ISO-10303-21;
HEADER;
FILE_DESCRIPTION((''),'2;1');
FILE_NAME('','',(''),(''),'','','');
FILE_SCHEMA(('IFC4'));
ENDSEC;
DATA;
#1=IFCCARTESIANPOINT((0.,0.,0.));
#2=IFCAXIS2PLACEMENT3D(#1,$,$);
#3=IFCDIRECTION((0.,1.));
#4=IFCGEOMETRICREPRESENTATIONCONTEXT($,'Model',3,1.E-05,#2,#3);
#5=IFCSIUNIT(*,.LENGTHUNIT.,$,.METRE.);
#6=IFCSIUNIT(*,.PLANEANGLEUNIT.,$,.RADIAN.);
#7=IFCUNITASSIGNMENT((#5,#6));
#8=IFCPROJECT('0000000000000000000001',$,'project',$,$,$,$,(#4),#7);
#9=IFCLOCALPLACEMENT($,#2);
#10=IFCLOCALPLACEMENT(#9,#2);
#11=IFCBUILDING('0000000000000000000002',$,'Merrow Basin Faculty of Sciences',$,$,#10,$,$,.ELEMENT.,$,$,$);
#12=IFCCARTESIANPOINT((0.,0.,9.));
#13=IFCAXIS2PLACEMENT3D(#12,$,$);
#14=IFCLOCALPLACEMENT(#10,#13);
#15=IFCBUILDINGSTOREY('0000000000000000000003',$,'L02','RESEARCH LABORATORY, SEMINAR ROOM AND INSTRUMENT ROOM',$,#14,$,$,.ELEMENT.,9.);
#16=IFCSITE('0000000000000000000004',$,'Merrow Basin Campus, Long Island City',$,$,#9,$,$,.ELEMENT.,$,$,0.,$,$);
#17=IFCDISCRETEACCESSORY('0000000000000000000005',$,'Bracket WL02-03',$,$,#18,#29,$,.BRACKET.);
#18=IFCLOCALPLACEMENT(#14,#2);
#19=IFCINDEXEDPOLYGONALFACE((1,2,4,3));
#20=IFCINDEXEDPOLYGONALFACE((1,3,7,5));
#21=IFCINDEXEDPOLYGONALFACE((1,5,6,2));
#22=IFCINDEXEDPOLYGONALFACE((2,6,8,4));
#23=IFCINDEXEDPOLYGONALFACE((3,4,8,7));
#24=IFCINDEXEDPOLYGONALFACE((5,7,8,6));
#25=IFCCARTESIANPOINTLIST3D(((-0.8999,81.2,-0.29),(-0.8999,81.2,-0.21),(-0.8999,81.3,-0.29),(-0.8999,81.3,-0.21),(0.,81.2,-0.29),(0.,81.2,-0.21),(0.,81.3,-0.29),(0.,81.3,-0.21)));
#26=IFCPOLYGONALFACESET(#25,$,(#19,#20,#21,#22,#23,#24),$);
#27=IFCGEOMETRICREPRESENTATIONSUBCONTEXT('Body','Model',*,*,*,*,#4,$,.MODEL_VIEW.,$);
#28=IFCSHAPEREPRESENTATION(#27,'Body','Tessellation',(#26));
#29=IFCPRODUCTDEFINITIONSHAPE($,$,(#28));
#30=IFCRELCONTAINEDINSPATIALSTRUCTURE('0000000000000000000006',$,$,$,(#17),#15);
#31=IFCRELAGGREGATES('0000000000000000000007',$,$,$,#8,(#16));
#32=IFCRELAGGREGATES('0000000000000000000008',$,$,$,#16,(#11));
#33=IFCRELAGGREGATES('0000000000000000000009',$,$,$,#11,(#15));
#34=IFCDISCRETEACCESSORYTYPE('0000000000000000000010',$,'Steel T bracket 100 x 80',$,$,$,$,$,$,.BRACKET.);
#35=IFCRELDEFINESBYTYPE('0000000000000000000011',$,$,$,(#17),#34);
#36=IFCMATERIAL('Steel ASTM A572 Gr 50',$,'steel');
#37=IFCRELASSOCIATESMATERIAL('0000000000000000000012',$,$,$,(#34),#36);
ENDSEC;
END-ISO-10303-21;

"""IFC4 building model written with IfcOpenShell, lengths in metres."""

from ifc_helpers import new_model, si_unit, direction, frame, origin, place, context, subcontext, project, spatial, polyline, outline, extrude, source, transform, mapped, material, type_object, element, save


model = new_model("IFC4")

# Units and contexts
model_context = context("Model", 3, precision=1e-05, world=origin(), true_north=direction((0.0, 1.0)))
body_context = subcontext(model_context, "Body", "Model", "MODEL_VIEW")
ifc_project = project(units=[si_unit("LENGTHUNIT", "METRE"), si_unit("PLANEANGLEUNIT", "RADIAN")], contexts=[model_context])

# Site, building, storey
site_placement = place(None, origin())
site = spatial("IfcSite", under=ifc_project, at=site_placement, Name="Merrow Basin Campus, Long Island City", CompositionType="ELEMENT", RefElevation=0.0)
building_placement = place(site_placement, origin())
building = spatial("IfcBuilding", under=site, at=building_placement, Name="Merrow Basin Faculty of Sciences", CompositionType="ELEMENT")
storey_placement = place(building_placement, frame((0.0, 0.0, 9.0)))
storey = spatial("IfcBuildingStorey", under=building, at=storey_placement, Name="L02", Description="RESEARCH LABORATORY, SEMINAR ROOM AND INSTRUMENT ROOM", CompositionType="ELEMENT", Elevation=9.0)

# Discrete accessory
ifc_material_1 = material(Name="Steel ASTM A572 Gr 50", Category="steel")
discrete_accessory_type = type_object("IfcDiscreteAccessoryType", Name="Steel T bracket 100 x 80", PredefinedType="BRACKET", material=ifc_material_1)
shared_shape_1 = source(origin(), body_context, "Body", "SweptSolid", [
    extrude(outline(polyline([(0.0, 0.0), (0.1001, 0.0), (0.1001, 0.0801), (0.0, 0.0801), (0.0, 0.0)])), origin(), (0.0, 0.0, 1.0), 0.8999),
])
for number, where, z_axis, x_axis, name in (
    (1, (-0.8999, 81.2, -0.29), (1.0, 0.0, 0.0), (0.0, 1.0, 0.0), "Bracket WL02-03"),
):
    element("IfcDiscreteAccessory", number, at=place(storey_placement, frame(where, z_axis=z_axis, x_axis=x_axis)), inside=storey, type_object=discrete_accessory_type, Name=name, PredefinedType="BRACKET", context=body_context, shape_type="MappedRepresentation", body=[
        mapped(shared_shape_1, transform((0.0, 0.0, 0.0), scale=1.0)),
    ])

save(model, "model.ifc")
